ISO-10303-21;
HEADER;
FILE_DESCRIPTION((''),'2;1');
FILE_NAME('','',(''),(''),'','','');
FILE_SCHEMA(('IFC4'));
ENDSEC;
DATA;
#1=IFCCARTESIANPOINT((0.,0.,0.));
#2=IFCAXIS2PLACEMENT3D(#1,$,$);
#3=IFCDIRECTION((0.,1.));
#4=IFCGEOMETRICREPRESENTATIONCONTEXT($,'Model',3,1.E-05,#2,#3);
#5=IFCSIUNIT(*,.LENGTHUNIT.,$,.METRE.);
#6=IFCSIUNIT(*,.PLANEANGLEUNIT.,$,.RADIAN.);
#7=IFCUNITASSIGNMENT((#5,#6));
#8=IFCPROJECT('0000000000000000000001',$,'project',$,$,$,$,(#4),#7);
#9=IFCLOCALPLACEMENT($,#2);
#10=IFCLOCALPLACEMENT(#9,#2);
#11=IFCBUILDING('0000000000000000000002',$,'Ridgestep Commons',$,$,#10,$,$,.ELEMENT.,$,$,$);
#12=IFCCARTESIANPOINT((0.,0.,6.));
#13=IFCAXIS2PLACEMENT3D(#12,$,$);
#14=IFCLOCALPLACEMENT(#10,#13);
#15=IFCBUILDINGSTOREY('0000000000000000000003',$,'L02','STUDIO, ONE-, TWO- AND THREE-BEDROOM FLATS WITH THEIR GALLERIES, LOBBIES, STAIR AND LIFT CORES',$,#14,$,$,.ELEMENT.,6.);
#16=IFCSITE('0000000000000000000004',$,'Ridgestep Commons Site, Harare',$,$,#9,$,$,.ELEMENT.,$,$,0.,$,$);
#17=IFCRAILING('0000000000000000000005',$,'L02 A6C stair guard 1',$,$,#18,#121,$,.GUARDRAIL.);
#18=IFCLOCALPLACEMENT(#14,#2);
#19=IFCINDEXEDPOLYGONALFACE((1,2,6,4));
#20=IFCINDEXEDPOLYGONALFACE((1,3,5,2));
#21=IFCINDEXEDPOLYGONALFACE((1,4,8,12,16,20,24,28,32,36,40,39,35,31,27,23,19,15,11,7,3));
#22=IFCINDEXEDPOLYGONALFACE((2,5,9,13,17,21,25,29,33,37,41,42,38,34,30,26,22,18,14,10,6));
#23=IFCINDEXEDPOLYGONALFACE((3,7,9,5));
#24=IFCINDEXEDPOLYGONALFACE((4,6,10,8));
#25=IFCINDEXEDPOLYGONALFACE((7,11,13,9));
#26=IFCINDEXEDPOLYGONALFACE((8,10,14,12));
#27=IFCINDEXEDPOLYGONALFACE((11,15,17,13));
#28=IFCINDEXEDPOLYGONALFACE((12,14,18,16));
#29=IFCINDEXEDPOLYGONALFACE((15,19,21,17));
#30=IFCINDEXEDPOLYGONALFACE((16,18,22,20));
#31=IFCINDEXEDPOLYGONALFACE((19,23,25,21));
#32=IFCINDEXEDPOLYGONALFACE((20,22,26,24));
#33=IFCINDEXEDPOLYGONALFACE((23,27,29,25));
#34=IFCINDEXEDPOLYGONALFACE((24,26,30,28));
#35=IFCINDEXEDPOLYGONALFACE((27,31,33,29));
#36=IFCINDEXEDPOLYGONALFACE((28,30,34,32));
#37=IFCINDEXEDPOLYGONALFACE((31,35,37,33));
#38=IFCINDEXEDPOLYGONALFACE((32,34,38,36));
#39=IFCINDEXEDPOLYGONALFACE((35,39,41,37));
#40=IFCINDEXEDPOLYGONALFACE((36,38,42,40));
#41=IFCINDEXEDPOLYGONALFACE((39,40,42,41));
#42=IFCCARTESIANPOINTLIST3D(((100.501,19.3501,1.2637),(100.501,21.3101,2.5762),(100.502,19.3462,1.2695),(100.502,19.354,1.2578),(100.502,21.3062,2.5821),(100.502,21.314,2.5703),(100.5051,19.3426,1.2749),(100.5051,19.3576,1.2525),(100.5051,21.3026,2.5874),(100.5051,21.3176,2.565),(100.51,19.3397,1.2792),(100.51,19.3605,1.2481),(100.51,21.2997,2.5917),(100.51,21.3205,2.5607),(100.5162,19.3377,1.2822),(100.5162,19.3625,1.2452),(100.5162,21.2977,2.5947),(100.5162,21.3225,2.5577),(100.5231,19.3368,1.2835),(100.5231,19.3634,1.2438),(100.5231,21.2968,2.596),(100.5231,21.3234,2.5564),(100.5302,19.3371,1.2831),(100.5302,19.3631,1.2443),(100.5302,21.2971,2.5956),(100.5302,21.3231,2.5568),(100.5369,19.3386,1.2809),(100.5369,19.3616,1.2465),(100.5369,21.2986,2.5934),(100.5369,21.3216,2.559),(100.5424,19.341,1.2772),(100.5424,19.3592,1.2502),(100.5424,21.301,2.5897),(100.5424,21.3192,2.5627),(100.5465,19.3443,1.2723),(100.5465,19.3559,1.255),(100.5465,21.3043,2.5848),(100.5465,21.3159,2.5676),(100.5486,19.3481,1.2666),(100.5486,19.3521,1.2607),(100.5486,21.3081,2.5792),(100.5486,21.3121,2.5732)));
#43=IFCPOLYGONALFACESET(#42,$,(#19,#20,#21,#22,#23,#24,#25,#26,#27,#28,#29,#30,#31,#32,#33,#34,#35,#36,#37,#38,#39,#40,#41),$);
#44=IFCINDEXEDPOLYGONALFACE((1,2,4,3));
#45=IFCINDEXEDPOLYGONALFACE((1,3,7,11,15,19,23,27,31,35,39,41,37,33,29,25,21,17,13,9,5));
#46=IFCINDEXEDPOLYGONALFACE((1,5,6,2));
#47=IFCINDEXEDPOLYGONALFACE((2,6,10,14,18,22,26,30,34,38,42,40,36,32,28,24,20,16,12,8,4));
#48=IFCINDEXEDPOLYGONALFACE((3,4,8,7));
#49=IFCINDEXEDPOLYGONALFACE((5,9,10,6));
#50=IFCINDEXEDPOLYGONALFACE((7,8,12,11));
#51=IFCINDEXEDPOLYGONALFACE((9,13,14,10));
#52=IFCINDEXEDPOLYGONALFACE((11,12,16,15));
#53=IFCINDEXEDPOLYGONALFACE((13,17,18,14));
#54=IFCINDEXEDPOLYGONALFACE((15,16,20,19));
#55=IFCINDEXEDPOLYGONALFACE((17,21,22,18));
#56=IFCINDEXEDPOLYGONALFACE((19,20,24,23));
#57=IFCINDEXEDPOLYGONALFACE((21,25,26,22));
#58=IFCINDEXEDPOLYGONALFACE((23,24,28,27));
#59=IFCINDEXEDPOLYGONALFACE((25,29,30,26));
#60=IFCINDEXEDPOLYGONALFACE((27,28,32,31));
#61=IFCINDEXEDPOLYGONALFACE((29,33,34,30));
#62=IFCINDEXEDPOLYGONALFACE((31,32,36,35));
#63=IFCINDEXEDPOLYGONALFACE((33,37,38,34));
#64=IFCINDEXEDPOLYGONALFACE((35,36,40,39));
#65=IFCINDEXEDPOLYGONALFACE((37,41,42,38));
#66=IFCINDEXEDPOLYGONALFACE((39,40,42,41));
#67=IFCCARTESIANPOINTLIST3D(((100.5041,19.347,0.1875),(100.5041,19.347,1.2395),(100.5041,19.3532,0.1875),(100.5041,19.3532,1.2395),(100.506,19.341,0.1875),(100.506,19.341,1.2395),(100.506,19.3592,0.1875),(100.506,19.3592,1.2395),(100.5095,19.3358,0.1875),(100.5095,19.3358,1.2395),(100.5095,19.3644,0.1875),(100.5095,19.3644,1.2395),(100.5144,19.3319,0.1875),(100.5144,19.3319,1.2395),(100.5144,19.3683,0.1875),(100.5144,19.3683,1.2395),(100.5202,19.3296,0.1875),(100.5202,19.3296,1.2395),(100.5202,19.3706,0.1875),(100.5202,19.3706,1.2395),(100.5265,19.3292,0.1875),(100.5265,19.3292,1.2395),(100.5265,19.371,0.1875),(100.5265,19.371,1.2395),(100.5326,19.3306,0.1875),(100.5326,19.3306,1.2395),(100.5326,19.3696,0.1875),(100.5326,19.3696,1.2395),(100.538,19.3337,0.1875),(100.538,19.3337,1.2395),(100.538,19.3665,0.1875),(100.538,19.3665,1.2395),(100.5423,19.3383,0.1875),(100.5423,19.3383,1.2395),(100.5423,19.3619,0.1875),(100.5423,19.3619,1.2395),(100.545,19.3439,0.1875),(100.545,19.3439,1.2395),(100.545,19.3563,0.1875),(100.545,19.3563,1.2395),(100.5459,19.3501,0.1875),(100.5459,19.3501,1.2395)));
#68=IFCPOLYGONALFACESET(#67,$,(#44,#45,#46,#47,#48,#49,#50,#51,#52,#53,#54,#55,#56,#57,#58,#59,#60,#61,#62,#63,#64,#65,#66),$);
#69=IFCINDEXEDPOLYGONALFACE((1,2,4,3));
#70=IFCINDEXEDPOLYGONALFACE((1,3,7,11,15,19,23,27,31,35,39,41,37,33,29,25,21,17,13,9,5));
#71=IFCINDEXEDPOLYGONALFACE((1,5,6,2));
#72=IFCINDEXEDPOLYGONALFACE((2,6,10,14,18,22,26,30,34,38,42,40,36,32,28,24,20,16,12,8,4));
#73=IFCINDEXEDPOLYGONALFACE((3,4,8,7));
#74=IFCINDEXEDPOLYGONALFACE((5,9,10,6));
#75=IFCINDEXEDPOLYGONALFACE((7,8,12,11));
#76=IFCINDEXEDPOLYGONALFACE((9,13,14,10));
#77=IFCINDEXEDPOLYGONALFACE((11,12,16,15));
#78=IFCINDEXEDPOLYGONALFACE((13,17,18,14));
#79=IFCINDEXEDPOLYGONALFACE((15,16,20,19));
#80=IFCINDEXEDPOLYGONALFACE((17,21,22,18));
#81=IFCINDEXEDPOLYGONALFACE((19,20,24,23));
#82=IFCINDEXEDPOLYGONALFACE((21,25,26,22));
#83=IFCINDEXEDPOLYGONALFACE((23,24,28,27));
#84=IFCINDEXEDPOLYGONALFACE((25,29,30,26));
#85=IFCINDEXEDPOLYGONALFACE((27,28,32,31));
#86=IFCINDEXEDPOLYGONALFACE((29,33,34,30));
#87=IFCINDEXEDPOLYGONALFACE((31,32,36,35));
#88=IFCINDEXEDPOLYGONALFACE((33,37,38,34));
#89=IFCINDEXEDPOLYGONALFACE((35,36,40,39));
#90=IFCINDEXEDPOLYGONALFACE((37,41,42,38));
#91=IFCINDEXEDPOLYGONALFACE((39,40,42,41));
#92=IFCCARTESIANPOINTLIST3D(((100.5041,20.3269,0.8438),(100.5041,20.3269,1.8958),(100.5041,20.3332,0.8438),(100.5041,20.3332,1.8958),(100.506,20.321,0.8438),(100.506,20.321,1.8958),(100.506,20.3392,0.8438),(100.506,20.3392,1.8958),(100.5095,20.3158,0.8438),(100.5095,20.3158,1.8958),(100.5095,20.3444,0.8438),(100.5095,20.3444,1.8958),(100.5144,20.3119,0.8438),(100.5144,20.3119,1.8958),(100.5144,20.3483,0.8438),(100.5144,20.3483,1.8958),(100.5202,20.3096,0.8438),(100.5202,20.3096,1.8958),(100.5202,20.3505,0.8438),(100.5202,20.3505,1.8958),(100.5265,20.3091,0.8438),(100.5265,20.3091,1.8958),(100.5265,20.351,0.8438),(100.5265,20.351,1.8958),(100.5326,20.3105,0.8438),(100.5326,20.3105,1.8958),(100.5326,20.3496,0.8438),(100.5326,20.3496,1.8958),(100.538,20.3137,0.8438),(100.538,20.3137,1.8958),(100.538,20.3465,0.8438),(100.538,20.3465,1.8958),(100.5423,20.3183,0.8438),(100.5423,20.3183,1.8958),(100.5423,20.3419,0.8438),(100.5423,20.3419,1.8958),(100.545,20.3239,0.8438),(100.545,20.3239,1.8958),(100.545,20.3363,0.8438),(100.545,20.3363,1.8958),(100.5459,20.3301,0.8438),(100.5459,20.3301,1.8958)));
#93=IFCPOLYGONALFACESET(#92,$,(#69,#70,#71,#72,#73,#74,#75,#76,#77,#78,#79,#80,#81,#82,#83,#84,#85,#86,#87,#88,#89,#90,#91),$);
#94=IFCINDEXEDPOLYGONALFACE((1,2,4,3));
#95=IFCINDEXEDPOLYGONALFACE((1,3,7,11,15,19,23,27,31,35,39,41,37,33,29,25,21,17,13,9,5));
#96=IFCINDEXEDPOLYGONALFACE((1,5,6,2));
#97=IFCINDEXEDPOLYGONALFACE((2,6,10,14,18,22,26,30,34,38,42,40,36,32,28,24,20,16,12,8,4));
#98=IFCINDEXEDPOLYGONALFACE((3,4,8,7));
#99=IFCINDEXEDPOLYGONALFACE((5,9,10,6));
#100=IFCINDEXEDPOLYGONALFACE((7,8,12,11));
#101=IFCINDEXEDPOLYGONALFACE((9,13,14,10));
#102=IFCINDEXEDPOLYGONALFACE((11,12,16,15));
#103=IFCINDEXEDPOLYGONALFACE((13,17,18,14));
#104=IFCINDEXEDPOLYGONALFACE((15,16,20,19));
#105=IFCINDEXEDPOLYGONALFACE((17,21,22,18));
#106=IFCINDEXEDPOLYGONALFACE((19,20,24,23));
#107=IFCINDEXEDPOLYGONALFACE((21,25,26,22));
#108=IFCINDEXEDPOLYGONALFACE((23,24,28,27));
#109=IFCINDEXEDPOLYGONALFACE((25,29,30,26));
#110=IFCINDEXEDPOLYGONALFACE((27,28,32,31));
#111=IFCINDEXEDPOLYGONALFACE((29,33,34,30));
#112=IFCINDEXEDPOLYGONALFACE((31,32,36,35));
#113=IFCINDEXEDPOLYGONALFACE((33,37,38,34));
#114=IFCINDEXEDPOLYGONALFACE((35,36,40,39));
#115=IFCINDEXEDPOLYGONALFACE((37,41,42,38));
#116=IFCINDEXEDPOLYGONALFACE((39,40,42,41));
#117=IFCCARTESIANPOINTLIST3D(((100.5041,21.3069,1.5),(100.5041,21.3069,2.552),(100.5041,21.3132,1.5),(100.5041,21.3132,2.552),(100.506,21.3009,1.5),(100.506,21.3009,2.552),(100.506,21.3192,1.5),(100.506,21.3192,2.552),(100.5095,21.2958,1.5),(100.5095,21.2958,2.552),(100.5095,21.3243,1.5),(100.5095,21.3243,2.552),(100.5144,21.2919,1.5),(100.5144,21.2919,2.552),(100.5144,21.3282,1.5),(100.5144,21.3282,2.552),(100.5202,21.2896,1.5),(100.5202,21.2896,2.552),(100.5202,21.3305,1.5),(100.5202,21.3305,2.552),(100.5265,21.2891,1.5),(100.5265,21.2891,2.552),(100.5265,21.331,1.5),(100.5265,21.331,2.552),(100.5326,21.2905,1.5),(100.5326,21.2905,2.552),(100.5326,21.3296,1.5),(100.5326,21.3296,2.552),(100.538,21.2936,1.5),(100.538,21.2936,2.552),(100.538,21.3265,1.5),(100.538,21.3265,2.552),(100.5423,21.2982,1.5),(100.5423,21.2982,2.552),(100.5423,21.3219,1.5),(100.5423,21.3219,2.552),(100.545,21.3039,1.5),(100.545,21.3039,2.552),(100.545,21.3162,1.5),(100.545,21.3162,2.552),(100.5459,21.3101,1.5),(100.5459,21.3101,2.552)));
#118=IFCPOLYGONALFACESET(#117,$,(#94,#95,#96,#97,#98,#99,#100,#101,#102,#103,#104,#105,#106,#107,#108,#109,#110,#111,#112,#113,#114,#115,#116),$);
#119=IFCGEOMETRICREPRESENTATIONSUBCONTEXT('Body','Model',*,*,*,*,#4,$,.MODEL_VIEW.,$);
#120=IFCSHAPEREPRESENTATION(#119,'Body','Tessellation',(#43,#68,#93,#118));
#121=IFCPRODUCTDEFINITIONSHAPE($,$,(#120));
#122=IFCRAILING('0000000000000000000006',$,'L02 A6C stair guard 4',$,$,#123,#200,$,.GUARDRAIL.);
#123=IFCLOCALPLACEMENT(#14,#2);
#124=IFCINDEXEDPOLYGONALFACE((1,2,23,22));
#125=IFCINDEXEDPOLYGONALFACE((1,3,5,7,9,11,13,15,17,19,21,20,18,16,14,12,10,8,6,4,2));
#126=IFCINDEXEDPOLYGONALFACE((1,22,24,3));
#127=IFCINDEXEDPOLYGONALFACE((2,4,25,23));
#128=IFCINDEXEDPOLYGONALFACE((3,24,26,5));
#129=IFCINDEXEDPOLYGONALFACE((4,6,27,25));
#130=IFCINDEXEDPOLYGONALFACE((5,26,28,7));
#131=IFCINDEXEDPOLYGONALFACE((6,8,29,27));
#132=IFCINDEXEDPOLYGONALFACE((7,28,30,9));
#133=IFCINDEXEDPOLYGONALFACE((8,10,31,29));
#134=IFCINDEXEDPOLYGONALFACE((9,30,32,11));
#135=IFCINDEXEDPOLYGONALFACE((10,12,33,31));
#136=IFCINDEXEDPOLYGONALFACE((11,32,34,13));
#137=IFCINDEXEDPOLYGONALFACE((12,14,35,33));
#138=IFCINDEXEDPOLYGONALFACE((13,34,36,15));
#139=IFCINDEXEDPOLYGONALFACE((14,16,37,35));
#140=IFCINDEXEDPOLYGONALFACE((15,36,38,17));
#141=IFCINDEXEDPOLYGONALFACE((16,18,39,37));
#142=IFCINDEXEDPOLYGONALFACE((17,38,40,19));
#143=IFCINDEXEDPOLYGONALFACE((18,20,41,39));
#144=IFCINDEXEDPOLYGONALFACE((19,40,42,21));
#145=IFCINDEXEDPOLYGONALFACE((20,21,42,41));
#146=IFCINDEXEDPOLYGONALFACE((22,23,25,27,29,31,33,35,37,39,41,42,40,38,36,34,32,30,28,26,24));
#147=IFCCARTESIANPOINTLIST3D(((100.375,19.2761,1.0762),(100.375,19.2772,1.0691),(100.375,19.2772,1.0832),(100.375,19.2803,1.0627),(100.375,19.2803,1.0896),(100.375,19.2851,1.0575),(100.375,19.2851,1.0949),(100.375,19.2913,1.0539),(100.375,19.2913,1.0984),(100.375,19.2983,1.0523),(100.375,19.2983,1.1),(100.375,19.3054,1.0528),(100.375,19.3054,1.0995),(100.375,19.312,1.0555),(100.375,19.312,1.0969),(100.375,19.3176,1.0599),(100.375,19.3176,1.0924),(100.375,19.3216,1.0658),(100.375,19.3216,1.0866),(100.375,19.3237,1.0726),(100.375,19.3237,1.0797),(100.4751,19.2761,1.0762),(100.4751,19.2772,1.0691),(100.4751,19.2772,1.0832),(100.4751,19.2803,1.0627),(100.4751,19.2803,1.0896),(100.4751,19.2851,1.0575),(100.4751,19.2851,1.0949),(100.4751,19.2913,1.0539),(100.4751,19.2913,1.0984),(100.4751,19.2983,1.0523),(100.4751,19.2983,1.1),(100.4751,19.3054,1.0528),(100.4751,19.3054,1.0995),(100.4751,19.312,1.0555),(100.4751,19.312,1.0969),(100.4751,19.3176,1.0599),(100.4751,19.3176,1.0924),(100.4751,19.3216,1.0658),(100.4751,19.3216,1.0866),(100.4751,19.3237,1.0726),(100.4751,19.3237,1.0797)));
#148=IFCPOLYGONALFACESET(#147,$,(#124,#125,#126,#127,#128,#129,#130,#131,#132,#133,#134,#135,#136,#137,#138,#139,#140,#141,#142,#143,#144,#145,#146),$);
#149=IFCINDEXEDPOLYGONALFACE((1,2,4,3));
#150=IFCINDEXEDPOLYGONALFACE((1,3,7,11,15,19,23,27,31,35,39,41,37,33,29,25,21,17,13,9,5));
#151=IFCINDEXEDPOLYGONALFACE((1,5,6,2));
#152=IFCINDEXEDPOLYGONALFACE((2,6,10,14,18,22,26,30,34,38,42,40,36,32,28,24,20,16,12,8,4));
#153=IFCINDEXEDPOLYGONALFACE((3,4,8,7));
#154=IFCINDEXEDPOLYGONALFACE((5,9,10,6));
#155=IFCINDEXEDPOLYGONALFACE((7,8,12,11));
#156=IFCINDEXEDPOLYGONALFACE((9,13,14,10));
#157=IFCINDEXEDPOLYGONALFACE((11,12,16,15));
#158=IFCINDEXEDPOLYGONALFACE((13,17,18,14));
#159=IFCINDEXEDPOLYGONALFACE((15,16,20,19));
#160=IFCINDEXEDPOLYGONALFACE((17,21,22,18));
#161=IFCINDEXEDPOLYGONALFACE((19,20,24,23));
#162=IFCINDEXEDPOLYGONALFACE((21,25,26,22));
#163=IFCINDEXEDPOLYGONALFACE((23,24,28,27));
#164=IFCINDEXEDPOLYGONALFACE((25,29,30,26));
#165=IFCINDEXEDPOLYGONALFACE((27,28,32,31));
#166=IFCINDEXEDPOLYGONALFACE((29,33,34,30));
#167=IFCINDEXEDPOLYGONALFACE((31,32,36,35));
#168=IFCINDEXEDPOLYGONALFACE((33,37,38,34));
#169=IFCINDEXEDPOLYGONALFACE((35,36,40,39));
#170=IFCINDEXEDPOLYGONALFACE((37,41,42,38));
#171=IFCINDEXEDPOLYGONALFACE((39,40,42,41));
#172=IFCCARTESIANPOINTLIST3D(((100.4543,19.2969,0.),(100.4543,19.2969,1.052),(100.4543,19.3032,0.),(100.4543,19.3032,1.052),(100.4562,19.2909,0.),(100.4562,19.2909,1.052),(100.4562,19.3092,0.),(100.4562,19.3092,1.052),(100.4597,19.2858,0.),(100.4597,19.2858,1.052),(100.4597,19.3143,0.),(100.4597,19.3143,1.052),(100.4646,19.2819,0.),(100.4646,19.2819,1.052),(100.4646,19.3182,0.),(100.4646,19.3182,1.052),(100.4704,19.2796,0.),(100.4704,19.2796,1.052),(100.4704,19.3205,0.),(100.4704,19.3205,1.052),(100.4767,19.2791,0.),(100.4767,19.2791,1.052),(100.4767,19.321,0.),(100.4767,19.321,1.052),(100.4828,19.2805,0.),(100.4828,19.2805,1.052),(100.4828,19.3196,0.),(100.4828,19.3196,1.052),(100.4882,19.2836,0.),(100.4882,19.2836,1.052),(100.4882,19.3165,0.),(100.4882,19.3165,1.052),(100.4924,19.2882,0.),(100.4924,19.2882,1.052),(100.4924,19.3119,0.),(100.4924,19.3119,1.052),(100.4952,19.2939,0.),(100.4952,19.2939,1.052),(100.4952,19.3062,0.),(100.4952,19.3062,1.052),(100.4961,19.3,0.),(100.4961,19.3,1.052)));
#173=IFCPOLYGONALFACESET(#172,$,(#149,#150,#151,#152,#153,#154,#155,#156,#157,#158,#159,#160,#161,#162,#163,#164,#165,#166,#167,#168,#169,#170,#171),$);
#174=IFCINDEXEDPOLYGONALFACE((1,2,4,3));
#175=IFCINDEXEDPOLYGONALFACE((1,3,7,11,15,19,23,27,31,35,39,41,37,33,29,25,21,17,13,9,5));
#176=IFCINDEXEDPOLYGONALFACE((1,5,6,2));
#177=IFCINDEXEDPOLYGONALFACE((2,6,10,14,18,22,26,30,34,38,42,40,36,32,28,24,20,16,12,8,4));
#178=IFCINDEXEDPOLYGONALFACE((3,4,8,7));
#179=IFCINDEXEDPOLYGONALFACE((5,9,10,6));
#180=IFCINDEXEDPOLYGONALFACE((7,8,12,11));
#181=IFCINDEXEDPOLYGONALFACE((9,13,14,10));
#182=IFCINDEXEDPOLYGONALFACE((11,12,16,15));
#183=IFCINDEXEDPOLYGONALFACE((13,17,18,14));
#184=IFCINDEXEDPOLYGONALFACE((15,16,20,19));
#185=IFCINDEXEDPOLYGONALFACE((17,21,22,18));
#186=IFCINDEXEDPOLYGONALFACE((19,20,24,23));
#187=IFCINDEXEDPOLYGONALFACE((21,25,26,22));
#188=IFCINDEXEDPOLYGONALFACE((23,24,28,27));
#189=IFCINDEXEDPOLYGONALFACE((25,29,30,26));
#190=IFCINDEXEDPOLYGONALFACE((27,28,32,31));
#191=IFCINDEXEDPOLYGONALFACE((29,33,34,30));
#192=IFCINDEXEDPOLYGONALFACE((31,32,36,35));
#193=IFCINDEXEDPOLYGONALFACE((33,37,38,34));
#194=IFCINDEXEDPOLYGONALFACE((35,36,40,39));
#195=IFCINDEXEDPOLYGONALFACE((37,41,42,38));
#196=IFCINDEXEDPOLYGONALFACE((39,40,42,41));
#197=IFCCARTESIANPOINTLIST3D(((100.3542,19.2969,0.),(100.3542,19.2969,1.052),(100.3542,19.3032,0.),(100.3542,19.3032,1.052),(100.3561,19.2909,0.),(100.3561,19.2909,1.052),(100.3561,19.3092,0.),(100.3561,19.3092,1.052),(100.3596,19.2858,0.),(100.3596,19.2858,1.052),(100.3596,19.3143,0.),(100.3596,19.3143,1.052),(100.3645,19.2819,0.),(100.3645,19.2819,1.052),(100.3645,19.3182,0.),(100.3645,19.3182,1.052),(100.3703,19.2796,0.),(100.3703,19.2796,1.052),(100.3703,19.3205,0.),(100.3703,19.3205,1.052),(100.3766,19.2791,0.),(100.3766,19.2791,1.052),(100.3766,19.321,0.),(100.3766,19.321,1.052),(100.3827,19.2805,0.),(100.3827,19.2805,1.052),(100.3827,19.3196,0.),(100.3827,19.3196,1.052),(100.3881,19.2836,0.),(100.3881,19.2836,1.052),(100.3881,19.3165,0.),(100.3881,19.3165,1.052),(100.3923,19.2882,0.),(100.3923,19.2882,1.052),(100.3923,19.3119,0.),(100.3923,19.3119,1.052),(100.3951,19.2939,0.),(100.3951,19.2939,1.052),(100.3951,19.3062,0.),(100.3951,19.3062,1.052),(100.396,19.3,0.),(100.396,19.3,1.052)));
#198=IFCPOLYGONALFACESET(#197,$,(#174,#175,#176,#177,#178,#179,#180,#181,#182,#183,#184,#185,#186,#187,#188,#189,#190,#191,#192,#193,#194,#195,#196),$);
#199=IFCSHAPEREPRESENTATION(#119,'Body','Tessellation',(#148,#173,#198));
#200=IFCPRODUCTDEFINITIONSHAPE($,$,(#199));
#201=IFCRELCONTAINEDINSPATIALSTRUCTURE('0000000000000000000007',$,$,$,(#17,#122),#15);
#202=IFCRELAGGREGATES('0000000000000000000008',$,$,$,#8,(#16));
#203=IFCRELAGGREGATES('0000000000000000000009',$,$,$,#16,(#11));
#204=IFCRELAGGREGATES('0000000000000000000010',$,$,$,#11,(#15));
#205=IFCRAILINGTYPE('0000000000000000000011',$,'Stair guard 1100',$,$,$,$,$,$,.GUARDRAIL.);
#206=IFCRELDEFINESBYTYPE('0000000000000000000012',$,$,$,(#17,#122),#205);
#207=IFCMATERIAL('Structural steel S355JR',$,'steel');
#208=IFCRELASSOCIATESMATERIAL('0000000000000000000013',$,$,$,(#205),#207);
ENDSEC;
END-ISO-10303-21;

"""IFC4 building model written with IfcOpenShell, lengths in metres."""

from ifc_helpers import new_model, si_unit, direction, frame, origin, origin_2d, place, context, subcontext, project, spatial, circle, extrude, material, type_object, element, save


model = new_model("IFC4")

# Units and contexts
model_context = context("Model", 3, precision=1e-05, world=origin(), true_north=direction((0.0, 1.0)))
body_context = subcontext(model_context, "Body", "Model", "MODEL_VIEW")
ifc_project = project(units=[si_unit("LENGTHUNIT", "METRE"), si_unit("PLANEANGLEUNIT", "RADIAN")], contexts=[model_context])

# Site, building, storey
site_placement = place(None, origin())
site = spatial("IfcSite", under=ifc_project, at=site_placement, Name="Ridgestep Commons Site, Harare", CompositionType="ELEMENT", RefElevation=0.0)
building_placement = place(site_placement, origin())
building = spatial("IfcBuilding", under=site, at=building_placement, Name="Ridgestep Commons", CompositionType="ELEMENT")
storey_placement = place(building_placement, frame((0.0, 0.0, 6.0)))
storey = spatial("IfcBuildingStorey", under=building, at=storey_placement, Name="L02", Description="STUDIO, ONE-, TWO- AND THREE-BEDROOM FLATS WITH THEIR GALLERIES, LOBBIES, STAIR AND LIFT CORES", CompositionType="ELEMENT", Elevation=6.0)

# Railings
ifc_material_1 = material(Name="Structural steel S355JR", Category="steel")
railing_type_1 = type_object("IfcRailingType", Name="Stair guard 1100", PredefinedType="GUARDRAIL", material=ifc_material_1)
railing_1_placement = place(storey_placement, frame((100.5249, 19.3501, 0.1875)))
element("IfcRailing", 1, at=railing_1_placement, inside=storey, type_object=railing_type_1, Name="L02 A6C stair guard 1", PredefinedType="GUARDRAIL", context=body_context, shape_type="SweptSolid", body=[
    extrude(circle(Radius=0.0239, at=origin_2d()), frame((0.0, 0.0, 1.0762), z_axis=(0.0, 0.830902, 0.556419), x_axis=(-1.0, 0.0, 0.0)), (0.0, 0.0, 1.0), 2.3589),
    extrude(circle(Radius=0.021, at=origin_2d()), origin(), (0.0, 0.0, 1.0), 1.052),
    extrude(circle(Radius=0.021, at=origin_2d()), frame((0.0, 0.98, 0.6562)), (0.0, 0.0, 1.0), 1.052),
    extrude(circle(Radius=0.021, at=origin_2d()), frame((0.0, 1.96, 1.3125)), (0.0, 0.0, 1.0), 1.052),
])
railing_2_placement = place(storey_placement, frame((100.4751, 19.3, 0.0)))
element("IfcRailing", 2, at=railing_2_placement, inside=storey, type_object=railing_type_1, Name="L02 A6C stair guard 4", PredefinedType="GUARDRAIL", context=body_context, shape_type="SweptSolid", body=[
    extrude(circle(Radius=0.0239, at=origin_2d()), frame((0.0, 0.0, 1.0762), z_axis=(-1.0, 0.0, 0.0), x_axis=(0.0, -1.0, 0.0)), (0.0, 0.0, 1.0), 0.1001),
    extrude(circle(Radius=0.021, at=origin_2d()), origin(), (0.0, 0.0, 1.0), 1.052),
    extrude(circle(Radius=0.021, at=origin_2d()), frame((-0.1001, 0.0, 0.0)), (0.0, 0.0, 1.0), 1.052),
])

save(model, "model.ifc")
